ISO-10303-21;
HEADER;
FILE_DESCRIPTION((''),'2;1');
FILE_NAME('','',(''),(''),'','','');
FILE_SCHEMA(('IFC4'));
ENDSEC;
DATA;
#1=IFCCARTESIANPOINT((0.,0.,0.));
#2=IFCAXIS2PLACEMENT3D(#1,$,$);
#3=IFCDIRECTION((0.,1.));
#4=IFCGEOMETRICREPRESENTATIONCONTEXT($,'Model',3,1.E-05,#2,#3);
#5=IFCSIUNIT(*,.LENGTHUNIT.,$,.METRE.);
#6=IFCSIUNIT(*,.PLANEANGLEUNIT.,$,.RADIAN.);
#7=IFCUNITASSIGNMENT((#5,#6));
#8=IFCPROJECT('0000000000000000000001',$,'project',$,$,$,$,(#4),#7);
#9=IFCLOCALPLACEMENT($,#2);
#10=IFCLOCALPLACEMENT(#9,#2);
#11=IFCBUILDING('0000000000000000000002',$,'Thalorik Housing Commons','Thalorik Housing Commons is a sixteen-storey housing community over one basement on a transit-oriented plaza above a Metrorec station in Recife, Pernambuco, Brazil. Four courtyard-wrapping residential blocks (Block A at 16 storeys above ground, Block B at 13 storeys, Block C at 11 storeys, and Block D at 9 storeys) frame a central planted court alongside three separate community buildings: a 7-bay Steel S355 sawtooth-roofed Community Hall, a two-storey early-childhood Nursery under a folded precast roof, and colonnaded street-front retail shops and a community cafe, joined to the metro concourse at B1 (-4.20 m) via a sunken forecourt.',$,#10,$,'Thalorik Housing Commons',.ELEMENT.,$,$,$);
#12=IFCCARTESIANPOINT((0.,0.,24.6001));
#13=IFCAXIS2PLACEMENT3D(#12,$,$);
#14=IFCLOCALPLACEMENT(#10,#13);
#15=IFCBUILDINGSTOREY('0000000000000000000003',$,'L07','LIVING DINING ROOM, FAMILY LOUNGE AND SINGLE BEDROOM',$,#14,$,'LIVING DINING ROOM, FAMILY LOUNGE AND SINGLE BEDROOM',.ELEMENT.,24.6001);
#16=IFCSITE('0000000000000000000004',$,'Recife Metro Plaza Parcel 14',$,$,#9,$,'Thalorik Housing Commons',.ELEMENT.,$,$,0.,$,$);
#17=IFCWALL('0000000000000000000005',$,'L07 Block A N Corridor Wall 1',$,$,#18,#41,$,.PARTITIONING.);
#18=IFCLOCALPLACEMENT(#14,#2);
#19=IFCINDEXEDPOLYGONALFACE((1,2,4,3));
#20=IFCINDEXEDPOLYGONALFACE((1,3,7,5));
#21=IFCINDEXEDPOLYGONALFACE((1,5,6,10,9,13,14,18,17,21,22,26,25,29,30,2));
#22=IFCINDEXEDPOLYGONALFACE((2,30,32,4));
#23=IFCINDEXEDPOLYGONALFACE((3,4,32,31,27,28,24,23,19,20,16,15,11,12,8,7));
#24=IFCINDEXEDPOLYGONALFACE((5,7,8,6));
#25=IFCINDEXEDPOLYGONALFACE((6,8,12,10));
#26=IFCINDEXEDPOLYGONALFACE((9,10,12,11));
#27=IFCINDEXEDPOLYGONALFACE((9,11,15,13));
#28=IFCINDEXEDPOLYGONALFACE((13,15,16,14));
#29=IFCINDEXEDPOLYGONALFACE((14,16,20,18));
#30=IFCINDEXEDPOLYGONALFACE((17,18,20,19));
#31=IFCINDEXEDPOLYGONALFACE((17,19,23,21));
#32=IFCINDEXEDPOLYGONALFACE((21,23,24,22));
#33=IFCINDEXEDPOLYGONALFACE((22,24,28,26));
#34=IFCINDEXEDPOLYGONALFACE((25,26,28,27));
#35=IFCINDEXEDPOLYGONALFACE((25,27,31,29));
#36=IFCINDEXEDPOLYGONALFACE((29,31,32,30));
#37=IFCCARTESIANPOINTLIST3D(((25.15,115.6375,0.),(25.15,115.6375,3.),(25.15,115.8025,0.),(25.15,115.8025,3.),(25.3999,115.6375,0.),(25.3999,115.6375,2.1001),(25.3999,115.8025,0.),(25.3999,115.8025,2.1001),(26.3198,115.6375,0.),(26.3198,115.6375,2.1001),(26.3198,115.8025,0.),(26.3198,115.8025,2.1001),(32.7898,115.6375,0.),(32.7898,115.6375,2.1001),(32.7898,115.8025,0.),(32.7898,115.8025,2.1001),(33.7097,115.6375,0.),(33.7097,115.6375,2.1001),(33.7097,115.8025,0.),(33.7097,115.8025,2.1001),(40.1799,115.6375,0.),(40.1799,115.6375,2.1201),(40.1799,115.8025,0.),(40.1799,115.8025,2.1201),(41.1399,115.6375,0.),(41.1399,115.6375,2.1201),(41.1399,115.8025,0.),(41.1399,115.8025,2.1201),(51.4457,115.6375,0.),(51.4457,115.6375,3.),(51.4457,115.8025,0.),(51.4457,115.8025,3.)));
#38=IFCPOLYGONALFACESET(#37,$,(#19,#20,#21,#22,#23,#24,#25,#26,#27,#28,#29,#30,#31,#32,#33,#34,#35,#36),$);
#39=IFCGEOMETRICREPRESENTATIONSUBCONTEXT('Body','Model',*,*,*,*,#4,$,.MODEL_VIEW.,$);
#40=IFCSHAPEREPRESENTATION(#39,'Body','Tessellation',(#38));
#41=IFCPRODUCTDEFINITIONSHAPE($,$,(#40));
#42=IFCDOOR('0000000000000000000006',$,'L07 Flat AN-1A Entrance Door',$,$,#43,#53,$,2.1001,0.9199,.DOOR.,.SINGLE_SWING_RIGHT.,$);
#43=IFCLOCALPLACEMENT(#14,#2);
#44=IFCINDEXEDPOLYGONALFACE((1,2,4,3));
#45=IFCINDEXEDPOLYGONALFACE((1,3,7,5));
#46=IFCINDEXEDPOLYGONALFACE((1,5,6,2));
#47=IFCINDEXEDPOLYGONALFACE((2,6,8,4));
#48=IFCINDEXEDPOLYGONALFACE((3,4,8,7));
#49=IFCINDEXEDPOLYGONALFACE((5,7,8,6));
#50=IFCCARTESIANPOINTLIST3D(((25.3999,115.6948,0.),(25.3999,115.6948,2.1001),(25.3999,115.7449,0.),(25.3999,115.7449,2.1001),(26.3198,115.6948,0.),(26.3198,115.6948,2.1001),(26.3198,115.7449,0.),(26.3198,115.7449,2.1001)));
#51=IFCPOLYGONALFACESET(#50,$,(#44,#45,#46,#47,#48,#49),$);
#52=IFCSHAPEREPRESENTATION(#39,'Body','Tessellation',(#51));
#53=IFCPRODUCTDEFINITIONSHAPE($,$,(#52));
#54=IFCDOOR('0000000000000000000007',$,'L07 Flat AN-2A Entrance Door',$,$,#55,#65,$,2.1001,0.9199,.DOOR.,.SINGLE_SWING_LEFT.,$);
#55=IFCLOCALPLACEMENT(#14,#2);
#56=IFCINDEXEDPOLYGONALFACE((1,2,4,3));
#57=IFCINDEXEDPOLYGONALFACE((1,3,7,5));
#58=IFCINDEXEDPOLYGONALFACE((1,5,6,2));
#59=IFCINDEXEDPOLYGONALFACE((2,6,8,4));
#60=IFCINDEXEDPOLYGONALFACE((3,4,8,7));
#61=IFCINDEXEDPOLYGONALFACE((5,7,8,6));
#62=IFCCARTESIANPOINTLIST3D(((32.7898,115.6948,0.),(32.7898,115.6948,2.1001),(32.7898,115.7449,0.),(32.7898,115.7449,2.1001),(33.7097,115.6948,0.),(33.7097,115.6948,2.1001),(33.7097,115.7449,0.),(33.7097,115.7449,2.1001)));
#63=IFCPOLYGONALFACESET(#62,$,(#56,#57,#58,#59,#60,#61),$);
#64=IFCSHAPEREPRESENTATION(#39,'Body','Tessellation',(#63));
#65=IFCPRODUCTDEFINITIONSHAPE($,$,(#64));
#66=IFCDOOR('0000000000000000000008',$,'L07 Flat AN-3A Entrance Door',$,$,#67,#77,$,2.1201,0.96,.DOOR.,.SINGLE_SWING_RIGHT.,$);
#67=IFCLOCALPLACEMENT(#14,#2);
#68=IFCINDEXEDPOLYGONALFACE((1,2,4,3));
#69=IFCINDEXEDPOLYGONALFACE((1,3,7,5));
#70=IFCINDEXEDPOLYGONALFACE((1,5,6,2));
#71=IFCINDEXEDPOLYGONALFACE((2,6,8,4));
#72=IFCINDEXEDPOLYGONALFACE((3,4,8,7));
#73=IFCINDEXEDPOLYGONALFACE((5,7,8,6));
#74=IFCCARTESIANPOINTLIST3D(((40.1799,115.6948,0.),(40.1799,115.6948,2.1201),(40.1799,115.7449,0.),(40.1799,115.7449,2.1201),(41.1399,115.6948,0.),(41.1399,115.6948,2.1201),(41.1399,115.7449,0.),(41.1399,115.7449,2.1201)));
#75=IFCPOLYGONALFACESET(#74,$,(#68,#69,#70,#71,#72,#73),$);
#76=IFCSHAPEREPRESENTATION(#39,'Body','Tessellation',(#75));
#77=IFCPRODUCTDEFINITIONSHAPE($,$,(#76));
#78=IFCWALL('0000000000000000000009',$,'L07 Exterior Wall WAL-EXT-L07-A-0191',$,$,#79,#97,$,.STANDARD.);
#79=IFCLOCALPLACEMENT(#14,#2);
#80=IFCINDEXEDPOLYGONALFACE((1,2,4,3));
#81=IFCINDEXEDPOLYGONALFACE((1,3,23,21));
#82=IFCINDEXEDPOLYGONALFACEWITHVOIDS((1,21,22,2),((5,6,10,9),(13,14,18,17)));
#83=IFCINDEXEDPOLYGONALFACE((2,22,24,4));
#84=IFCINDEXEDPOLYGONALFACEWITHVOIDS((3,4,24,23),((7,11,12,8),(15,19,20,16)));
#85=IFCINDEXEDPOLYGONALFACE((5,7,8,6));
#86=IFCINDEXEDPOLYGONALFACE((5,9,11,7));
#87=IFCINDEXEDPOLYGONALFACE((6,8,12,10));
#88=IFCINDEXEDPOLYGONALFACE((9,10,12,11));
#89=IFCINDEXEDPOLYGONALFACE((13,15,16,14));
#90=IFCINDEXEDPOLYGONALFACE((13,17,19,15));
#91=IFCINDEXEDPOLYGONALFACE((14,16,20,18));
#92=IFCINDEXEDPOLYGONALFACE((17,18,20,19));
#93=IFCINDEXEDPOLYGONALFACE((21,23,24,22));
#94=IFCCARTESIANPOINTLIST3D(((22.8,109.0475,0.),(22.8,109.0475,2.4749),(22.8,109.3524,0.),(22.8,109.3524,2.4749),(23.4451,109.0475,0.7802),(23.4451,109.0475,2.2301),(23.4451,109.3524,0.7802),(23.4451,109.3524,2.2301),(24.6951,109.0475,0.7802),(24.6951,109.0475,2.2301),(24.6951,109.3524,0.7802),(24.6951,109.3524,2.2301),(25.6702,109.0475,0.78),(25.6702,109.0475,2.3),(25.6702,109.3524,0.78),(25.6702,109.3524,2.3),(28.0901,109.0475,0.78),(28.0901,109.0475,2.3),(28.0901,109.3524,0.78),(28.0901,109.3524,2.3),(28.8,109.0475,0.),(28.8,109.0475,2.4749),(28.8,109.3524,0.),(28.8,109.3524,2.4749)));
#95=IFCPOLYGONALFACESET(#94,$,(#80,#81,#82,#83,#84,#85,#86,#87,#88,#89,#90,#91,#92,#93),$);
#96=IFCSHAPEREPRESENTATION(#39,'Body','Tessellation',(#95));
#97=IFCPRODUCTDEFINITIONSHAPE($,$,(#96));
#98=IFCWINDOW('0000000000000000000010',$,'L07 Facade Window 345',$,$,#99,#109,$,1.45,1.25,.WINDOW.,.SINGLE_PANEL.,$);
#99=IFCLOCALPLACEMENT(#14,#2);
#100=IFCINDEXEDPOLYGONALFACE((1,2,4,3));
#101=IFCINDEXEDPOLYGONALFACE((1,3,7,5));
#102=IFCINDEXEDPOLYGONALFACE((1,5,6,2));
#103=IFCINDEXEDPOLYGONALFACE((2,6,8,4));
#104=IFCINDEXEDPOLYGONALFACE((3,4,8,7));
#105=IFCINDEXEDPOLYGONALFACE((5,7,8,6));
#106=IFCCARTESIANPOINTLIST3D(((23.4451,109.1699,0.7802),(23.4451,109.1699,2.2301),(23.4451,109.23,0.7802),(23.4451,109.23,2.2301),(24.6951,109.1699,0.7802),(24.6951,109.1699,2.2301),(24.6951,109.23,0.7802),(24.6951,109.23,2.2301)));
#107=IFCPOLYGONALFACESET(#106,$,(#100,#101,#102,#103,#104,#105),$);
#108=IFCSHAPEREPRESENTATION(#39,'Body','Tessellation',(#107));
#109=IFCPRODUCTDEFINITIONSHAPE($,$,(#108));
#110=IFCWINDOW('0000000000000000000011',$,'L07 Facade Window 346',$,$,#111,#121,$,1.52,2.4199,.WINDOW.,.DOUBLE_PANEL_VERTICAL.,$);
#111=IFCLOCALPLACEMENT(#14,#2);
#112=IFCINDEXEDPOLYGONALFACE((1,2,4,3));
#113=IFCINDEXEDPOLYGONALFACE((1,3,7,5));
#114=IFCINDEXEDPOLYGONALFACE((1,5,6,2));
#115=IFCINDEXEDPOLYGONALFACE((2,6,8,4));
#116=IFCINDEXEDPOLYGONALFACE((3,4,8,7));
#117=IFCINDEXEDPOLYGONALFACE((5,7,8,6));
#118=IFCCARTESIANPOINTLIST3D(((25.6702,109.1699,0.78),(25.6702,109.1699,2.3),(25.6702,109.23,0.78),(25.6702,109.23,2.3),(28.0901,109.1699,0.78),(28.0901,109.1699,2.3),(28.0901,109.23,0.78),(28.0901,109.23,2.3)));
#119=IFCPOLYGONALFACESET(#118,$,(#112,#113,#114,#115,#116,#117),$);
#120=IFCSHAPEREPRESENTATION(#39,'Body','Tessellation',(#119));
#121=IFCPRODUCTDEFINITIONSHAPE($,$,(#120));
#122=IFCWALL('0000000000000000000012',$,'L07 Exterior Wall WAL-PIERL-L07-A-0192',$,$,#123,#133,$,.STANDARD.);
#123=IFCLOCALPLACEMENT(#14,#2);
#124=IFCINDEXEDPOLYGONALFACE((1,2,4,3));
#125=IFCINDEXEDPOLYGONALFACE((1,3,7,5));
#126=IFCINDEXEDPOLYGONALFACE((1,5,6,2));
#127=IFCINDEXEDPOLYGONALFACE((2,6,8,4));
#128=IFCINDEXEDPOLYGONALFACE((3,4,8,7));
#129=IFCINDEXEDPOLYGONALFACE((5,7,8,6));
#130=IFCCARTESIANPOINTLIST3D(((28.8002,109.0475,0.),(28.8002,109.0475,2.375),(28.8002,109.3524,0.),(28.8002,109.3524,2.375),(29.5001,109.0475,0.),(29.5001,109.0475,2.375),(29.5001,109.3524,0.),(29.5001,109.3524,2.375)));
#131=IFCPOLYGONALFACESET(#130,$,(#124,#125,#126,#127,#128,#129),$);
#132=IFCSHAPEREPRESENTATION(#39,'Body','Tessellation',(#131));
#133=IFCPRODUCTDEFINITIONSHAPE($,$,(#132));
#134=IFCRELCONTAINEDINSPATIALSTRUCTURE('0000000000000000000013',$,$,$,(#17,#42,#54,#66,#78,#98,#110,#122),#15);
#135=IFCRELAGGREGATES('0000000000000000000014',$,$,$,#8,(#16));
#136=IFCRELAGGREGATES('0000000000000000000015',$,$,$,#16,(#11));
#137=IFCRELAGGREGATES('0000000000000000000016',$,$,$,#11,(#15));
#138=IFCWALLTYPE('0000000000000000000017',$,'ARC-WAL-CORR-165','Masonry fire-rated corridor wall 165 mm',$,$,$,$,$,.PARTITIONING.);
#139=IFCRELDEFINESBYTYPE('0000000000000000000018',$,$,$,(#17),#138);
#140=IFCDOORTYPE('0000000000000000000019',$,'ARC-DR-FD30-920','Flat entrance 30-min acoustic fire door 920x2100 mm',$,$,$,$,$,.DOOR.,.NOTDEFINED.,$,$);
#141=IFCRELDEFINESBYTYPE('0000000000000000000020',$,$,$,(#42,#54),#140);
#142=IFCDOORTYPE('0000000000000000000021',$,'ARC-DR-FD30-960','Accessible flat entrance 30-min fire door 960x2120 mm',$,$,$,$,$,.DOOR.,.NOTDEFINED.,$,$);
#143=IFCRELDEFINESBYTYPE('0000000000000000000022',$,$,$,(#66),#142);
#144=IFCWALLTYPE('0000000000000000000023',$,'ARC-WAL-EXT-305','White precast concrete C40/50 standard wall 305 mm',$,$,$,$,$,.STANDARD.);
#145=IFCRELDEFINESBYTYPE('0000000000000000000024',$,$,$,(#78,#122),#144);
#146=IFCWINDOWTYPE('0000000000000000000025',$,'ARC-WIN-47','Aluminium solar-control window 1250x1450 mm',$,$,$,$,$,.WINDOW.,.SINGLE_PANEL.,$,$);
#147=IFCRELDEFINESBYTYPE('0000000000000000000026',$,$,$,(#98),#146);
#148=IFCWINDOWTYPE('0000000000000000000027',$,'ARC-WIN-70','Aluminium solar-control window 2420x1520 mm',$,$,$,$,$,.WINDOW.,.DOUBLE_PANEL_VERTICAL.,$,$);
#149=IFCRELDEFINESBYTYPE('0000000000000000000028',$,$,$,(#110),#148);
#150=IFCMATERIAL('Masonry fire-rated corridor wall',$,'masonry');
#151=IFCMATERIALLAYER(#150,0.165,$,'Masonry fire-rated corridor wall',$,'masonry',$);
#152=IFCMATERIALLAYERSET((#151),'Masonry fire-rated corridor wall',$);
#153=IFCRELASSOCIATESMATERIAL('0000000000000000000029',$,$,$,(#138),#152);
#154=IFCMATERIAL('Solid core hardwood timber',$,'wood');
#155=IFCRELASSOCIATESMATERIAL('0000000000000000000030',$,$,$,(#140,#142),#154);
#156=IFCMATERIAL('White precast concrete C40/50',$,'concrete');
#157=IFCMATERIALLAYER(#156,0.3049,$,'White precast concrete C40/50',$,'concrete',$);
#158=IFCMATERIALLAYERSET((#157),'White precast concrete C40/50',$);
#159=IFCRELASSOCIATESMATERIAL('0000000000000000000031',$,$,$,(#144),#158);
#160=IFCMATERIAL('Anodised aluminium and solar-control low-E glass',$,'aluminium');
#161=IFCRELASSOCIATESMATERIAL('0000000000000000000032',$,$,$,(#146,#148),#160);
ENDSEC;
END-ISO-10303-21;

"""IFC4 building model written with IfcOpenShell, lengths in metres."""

from ifc_helpers import new_model, si_unit, direction, frame, frame_2d, origin, place, context, subcontext, project, spatial, rectangle, extrude, material, layer, layer_set, type_object, element, fill, save


model = new_model("IFC4")

# Units and contexts
model_context = context("Model", 3, precision=1e-05, world=origin(), true_north=direction((0.0, 1.0)))
body_context = subcontext(model_context, "Body", "Model", "MODEL_VIEW")
ifc_project = project(units=[si_unit("LENGTHUNIT", "METRE"), si_unit("PLANEANGLEUNIT", "RADIAN")], contexts=[model_context])

# Site, building, storey
site_placement = place(None, origin())
site = spatial("IfcSite", under=ifc_project, at=site_placement, Name="Recife Metro Plaza Parcel 14", LongName="Thalorik Housing Commons", CompositionType="ELEMENT", RefElevation=0.0)
building_placement = place(site_placement, origin())
building = spatial("IfcBuilding", under=site, at=building_placement, Name="Thalorik Housing Commons", Description="Thalorik Housing Commons is a sixteen-storey housing community over one basement on a transit-oriented plaza above a Metrorec station in Recife, Pernambuco, Brazil. Four courtyard-wrapping residential blocks (Block A at 16 storeys above ground, Block B at 13 storeys, Block C at 11 storeys, and Block D at 9 storeys) frame a central planted court alongside three separate community buildings: a 7-bay Steel S355 sawtooth-roofed Community Hall, a two-storey early-childhood Nursery under a folded precast roof, and colonnaded street-front retail shops and a community cafe, joined to the metro concourse at B1 (-4.20 m) via a sunken forecourt.", LongName="Thalorik Housing Commons", CompositionType="ELEMENT")
storey_placement = place(building_placement, frame((0.0, 0.0, 24.6001)))
storey = spatial("IfcBuildingStorey", under=building, at=storey_placement, Name="L07", Description="LIVING DINING ROOM, FAMILY LOUNGE AND SINGLE BEDROOM", LongName="LIVING DINING ROOM, FAMILY LOUNGE AND SINGLE BEDROOM", CompositionType="ELEMENT", Elevation=24.6001)

# Shared definitions
ifc_material_1 = material(Name="Masonry fire-rated corridor wall", Category="masonry")
ifc_layer_1 = layer(ifc_material_1, 0.165, Name="Masonry fire-rated corridor wall", Category="masonry")
ifc_layer_set_1 = layer_set([ifc_layer_1], Name="Masonry fire-rated corridor wall")
wall_type_1 = type_object("IfcWallType", Name="ARC-WAL-CORR-165", Description="Masonry fire-rated corridor wall 165 mm", PredefinedType="PARTITIONING", material=ifc_layer_set_1)

# Wall, openings, doors
wall_1_placement = place(storey_placement, frame((25.1499, 115.72, 0.0), z_axis=(0.0, 0.0, 1.0), x_axis=(1.0, 0.0, 0.0)))
wall_1 = element("IfcWall", 1, at=wall_1_placement, inside=storey, type_object=wall_type_1, Name="L07 Block A N Corridor Wall 1", PredefinedType="PARTITIONING", context=body_context, shape_type="SweptSolid", body=[
    extrude(rectangle(XDim=26.2957, YDim=0.165, at=frame_2d((13.1479, 0.0))), origin(), (0.0, 0.0, 1.0), 3.0),
])
opening_1_placement = place(wall_1_placement, frame((0.25, 0.0, 0.0)))
opening_1 = element("IfcOpeningElement", 2, at=opening_1_placement, cuts=wall_1, PredefinedType="OPENING", context=body_context, shape_type="SweptSolid", body=[
    extrude(rectangle(XDim=0.9199, YDim=2.1001, at=frame_2d((0.46, 1.05))), frame((0.0, 0.0925, 0.0), z_axis=(0.0, -1.0, 0.0), x_axis=(1.0, 0.0, 0.0)), (0.0, 0.0, 1.0), 0.1851),
])
opening_2_placement = place(wall_1_placement, frame((7.6399, 0.0, 0.0)))
opening_2 = element("IfcOpeningElement", 3, at=opening_2_placement, cuts=wall_1, PredefinedType="OPENING", context=body_context, shape_type="SweptSolid", body=[
    extrude(rectangle(XDim=0.9199, YDim=2.1001, at=frame_2d((0.46, 1.05))), frame((0.0, 0.0925, 0.0), z_axis=(0.0, -1.0, 0.0), x_axis=(1.0, 0.0, 0.0)), (0.0, 0.0, 1.0), 0.1851),
])
opening_3_placement = place(wall_1_placement, frame((15.03, 0.0, 0.0)))
opening_3 = element("IfcOpeningElement", 4, at=opening_3_placement, cuts=wall_1, PredefinedType="OPENING", context=body_context, shape_type="SweptSolid", body=[
    extrude(rectangle(XDim=0.96, YDim=2.1201, at=frame_2d((0.48, 1.0601))), frame((0.0, 0.0925, 0.0), z_axis=(0.0, -1.0, 0.0), x_axis=(1.0, 0.0, 0.0)), (0.0, 0.0, 1.0), 0.1851),
])
ifc_material_2 = material(Name="Solid core hardwood timber", Category="wood")
door_type_1 = type_object("IfcDoorType", Name="ARC-DR-FD30-920", Description="Flat entrance 30-min acoustic fire door 920x2100 mm", OperationType="NOTDEFINED", PredefinedType="DOOR", material=ifc_material_2)
door_1_placement = place(opening_1_placement, origin())
door_1 = element("IfcDoor", 5, at=door_1_placement, inside=storey, type_object=door_type_1, Name="L07 Flat AN-1A Entrance Door", OperationType="SINGLE_SWING_RIGHT", OverallHeight=2.1001, OverallWidth=0.9199, PredefinedType="DOOR", context=body_context, shape_type="SweptSolid", body=[
    extrude(rectangle(XDim=0.9199, YDim=2.1001, at=frame_2d((0.46, 1.05))), frame((0.0, 0.0249, 0.0), z_axis=(0.0, -1.0, 0.0), x_axis=(1.0, 0.0, 0.0)), (0.0, 0.0, 1.0), 0.05),
])
fill(opening_1, door_1)
door_2_placement = place(opening_2_placement, origin())
door_2 = element("IfcDoor", 6, at=door_2_placement, inside=storey, type_object=door_type_1, Name="L07 Flat AN-2A Entrance Door", OperationType="SINGLE_SWING_LEFT", OverallHeight=2.1001, OverallWidth=0.9199, PredefinedType="DOOR", context=body_context, shape_type="SweptSolid", body=[
    extrude(rectangle(XDim=0.9199, YDim=2.1001, at=frame_2d((0.46, 1.05))), frame((0.0, 0.0249, 0.0), z_axis=(0.0, -1.0, 0.0), x_axis=(1.0, 0.0, 0.0)), (0.0, 0.0, 1.0), 0.05),
])
fill(opening_2, door_2)
door_type_2 = type_object("IfcDoorType", Name="ARC-DR-FD30-960", Description="Accessible flat entrance 30-min fire door 960x2120 mm", OperationType="NOTDEFINED", PredefinedType="DOOR", material=ifc_material_2)
door_3_placement = place(opening_3_placement, origin())
door_3 = element("IfcDoor", 7, at=door_3_placement, inside=storey, type_object=door_type_2, Name="L07 Flat AN-3A Entrance Door", OperationType="SINGLE_SWING_RIGHT", OverallHeight=2.1201, OverallWidth=0.96, PredefinedType="DOOR", context=body_context, shape_type="SweptSolid", body=[
    extrude(rectangle(XDim=0.96, YDim=2.1201, at=frame_2d((0.48, 1.0601))), frame((0.0, 0.0249, 0.0), z_axis=(0.0, -1.0, 0.0), x_axis=(1.0, 0.0, 0.0)), (0.0, 0.0, 1.0), 0.05),
])
fill(opening_3, door_3)

# Wall, openings, windows
ifc_material_3 = material(Name="White precast concrete C40/50", Category="concrete")
ifc_layer_2 = layer(ifc_material_3, 0.3049, Name="White precast concrete C40/50", Category="concrete")
ifc_layer_set_2 = layer_set([ifc_layer_2], Name="White precast concrete C40/50")
wall_type_2 = type_object("IfcWallType", Name="ARC-WAL-EXT-305", Description="White precast concrete C40/50 standard wall 305 mm", PredefinedType="STANDARD", material=ifc_layer_set_2)
wall_2_placement = place(storey_placement, frame((22.8, 109.2, 0.0), z_axis=(0.0, 0.0, 1.0), x_axis=(1.0, 0.0, 0.0)))
wall_2 = element("IfcWall", 8, at=wall_2_placement, inside=storey, type_object=wall_type_2, Name="L07 Exterior Wall WAL-EXT-L07-A-0191", PredefinedType="STANDARD", context=body_context, shape_type="SweptSolid", body=[
    extrude(rectangle(XDim=6.0, YDim=0.3049, at=frame_2d((3.0, 0.0))), origin(), (0.0, 0.0, 1.0), 2.4749),
])
opening_4_placement = place(wall_2_placement, frame((0.645, 0.0, 0.78)))
opening_4 = element("IfcOpeningElement", 9, at=opening_4_placement, cuts=wall_2, PredefinedType="OPENING", context=body_context, shape_type="SweptSolid", body=[
    extrude(rectangle(XDim=1.25, YDim=1.45, at=frame_2d((0.625, 0.7251))), frame((0.0, 0.1626, 0.0), z_axis=(0.0, -1.0, 0.0), x_axis=(1.0, 0.0, 0.0)), (0.0, 0.0, 1.0), 0.325),
])
opening_5_placement = place(wall_2_placement, frame((2.8701, 0.0, 0.78)))
opening_5 = element("IfcOpeningElement", 10, at=opening_5_placement, cuts=wall_2, PredefinedType="OPENING", context=body_context, shape_type="SweptSolid", body=[
    extrude(rectangle(XDim=2.4199, YDim=1.52, at=frame_2d((1.21, 0.76))), frame((0.0, 0.1626, 0.0), z_axis=(0.0, -1.0, 0.0), x_axis=(1.0, 0.0, 0.0)), (0.0, 0.0, 1.0), 0.325),
])
ifc_material_4 = material(Name="Anodised aluminium and solar-control low-E glass", Category="aluminium")
window_type_1 = type_object("IfcWindowType", Name="ARC-WIN-47", Description="Aluminium solar-control window 1250x1450 mm", PartitioningType="SINGLE_PANEL", PredefinedType="WINDOW", material=ifc_material_4)
window_1_placement = place(opening_4_placement, origin())
window_1 = element("IfcWindow", 11, at=window_1_placement, inside=storey, type_object=window_type_1, Name="L07 Facade Window 345", OverallHeight=1.45, OverallWidth=1.25, PartitioningType="SINGLE_PANEL", PredefinedType="WINDOW", context=body_context, shape_type="SweptSolid", body=[
    extrude(rectangle(XDim=1.25, YDim=1.45, at=frame_2d((0.625, 0.7251))), frame((0.0, 0.03, 0.0), z_axis=(0.0, -1.0, 0.0), x_axis=(1.0, 0.0, 0.0)), (0.0, 0.0, 1.0), 0.0601),
])
fill(opening_4, window_1)
window_type_2 = type_object("IfcWindowType", Name="ARC-WIN-70", Description="Aluminium solar-control window 2420x1520 mm", PartitioningType="DOUBLE_PANEL_VERTICAL", PredefinedType="WINDOW", material=ifc_material_4)
window_2_placement = place(opening_5_placement, origin())
window_2 = element("IfcWindow", 12, at=window_2_placement, inside=storey, type_object=window_type_2, Name="L07 Facade Window 346", OverallHeight=1.52, OverallWidth=2.4199, PartitioningType="DOUBLE_PANEL_VERTICAL", PredefinedType="WINDOW", context=body_context, shape_type="SweptSolid", body=[
    extrude(rectangle(XDim=2.4199, YDim=1.52, at=frame_2d((1.21, 0.76))), frame((0.0, 0.03, 0.0), z_axis=(0.0, -1.0, 0.0), x_axis=(1.0, 0.0, 0.0)), (0.0, 0.0, 1.0), 0.0601),
])
fill(opening_5, window_2)

# Wall
wall_3_placement = place(storey_placement, frame((28.8, 109.2, 0.0), z_axis=(0.0, 0.0, 1.0), x_axis=(1.0, 0.0, 0.0)))
element("IfcWall", 13, at=wall_3_placement, inside=storey, type_object=wall_type_2, Name="L07 Exterior Wall WAL-PIERL-L07-A-0192", PredefinedType="STANDARD", context=body_context, shape_type="SweptSolid", body=[
    extrude(rectangle(XDim=0.7, YDim=0.3049, at=frame_2d((0.3501, 0.0))), origin(), (0.0, 0.0, 1.0), 2.375),
])

save(model, "model.ifc")
